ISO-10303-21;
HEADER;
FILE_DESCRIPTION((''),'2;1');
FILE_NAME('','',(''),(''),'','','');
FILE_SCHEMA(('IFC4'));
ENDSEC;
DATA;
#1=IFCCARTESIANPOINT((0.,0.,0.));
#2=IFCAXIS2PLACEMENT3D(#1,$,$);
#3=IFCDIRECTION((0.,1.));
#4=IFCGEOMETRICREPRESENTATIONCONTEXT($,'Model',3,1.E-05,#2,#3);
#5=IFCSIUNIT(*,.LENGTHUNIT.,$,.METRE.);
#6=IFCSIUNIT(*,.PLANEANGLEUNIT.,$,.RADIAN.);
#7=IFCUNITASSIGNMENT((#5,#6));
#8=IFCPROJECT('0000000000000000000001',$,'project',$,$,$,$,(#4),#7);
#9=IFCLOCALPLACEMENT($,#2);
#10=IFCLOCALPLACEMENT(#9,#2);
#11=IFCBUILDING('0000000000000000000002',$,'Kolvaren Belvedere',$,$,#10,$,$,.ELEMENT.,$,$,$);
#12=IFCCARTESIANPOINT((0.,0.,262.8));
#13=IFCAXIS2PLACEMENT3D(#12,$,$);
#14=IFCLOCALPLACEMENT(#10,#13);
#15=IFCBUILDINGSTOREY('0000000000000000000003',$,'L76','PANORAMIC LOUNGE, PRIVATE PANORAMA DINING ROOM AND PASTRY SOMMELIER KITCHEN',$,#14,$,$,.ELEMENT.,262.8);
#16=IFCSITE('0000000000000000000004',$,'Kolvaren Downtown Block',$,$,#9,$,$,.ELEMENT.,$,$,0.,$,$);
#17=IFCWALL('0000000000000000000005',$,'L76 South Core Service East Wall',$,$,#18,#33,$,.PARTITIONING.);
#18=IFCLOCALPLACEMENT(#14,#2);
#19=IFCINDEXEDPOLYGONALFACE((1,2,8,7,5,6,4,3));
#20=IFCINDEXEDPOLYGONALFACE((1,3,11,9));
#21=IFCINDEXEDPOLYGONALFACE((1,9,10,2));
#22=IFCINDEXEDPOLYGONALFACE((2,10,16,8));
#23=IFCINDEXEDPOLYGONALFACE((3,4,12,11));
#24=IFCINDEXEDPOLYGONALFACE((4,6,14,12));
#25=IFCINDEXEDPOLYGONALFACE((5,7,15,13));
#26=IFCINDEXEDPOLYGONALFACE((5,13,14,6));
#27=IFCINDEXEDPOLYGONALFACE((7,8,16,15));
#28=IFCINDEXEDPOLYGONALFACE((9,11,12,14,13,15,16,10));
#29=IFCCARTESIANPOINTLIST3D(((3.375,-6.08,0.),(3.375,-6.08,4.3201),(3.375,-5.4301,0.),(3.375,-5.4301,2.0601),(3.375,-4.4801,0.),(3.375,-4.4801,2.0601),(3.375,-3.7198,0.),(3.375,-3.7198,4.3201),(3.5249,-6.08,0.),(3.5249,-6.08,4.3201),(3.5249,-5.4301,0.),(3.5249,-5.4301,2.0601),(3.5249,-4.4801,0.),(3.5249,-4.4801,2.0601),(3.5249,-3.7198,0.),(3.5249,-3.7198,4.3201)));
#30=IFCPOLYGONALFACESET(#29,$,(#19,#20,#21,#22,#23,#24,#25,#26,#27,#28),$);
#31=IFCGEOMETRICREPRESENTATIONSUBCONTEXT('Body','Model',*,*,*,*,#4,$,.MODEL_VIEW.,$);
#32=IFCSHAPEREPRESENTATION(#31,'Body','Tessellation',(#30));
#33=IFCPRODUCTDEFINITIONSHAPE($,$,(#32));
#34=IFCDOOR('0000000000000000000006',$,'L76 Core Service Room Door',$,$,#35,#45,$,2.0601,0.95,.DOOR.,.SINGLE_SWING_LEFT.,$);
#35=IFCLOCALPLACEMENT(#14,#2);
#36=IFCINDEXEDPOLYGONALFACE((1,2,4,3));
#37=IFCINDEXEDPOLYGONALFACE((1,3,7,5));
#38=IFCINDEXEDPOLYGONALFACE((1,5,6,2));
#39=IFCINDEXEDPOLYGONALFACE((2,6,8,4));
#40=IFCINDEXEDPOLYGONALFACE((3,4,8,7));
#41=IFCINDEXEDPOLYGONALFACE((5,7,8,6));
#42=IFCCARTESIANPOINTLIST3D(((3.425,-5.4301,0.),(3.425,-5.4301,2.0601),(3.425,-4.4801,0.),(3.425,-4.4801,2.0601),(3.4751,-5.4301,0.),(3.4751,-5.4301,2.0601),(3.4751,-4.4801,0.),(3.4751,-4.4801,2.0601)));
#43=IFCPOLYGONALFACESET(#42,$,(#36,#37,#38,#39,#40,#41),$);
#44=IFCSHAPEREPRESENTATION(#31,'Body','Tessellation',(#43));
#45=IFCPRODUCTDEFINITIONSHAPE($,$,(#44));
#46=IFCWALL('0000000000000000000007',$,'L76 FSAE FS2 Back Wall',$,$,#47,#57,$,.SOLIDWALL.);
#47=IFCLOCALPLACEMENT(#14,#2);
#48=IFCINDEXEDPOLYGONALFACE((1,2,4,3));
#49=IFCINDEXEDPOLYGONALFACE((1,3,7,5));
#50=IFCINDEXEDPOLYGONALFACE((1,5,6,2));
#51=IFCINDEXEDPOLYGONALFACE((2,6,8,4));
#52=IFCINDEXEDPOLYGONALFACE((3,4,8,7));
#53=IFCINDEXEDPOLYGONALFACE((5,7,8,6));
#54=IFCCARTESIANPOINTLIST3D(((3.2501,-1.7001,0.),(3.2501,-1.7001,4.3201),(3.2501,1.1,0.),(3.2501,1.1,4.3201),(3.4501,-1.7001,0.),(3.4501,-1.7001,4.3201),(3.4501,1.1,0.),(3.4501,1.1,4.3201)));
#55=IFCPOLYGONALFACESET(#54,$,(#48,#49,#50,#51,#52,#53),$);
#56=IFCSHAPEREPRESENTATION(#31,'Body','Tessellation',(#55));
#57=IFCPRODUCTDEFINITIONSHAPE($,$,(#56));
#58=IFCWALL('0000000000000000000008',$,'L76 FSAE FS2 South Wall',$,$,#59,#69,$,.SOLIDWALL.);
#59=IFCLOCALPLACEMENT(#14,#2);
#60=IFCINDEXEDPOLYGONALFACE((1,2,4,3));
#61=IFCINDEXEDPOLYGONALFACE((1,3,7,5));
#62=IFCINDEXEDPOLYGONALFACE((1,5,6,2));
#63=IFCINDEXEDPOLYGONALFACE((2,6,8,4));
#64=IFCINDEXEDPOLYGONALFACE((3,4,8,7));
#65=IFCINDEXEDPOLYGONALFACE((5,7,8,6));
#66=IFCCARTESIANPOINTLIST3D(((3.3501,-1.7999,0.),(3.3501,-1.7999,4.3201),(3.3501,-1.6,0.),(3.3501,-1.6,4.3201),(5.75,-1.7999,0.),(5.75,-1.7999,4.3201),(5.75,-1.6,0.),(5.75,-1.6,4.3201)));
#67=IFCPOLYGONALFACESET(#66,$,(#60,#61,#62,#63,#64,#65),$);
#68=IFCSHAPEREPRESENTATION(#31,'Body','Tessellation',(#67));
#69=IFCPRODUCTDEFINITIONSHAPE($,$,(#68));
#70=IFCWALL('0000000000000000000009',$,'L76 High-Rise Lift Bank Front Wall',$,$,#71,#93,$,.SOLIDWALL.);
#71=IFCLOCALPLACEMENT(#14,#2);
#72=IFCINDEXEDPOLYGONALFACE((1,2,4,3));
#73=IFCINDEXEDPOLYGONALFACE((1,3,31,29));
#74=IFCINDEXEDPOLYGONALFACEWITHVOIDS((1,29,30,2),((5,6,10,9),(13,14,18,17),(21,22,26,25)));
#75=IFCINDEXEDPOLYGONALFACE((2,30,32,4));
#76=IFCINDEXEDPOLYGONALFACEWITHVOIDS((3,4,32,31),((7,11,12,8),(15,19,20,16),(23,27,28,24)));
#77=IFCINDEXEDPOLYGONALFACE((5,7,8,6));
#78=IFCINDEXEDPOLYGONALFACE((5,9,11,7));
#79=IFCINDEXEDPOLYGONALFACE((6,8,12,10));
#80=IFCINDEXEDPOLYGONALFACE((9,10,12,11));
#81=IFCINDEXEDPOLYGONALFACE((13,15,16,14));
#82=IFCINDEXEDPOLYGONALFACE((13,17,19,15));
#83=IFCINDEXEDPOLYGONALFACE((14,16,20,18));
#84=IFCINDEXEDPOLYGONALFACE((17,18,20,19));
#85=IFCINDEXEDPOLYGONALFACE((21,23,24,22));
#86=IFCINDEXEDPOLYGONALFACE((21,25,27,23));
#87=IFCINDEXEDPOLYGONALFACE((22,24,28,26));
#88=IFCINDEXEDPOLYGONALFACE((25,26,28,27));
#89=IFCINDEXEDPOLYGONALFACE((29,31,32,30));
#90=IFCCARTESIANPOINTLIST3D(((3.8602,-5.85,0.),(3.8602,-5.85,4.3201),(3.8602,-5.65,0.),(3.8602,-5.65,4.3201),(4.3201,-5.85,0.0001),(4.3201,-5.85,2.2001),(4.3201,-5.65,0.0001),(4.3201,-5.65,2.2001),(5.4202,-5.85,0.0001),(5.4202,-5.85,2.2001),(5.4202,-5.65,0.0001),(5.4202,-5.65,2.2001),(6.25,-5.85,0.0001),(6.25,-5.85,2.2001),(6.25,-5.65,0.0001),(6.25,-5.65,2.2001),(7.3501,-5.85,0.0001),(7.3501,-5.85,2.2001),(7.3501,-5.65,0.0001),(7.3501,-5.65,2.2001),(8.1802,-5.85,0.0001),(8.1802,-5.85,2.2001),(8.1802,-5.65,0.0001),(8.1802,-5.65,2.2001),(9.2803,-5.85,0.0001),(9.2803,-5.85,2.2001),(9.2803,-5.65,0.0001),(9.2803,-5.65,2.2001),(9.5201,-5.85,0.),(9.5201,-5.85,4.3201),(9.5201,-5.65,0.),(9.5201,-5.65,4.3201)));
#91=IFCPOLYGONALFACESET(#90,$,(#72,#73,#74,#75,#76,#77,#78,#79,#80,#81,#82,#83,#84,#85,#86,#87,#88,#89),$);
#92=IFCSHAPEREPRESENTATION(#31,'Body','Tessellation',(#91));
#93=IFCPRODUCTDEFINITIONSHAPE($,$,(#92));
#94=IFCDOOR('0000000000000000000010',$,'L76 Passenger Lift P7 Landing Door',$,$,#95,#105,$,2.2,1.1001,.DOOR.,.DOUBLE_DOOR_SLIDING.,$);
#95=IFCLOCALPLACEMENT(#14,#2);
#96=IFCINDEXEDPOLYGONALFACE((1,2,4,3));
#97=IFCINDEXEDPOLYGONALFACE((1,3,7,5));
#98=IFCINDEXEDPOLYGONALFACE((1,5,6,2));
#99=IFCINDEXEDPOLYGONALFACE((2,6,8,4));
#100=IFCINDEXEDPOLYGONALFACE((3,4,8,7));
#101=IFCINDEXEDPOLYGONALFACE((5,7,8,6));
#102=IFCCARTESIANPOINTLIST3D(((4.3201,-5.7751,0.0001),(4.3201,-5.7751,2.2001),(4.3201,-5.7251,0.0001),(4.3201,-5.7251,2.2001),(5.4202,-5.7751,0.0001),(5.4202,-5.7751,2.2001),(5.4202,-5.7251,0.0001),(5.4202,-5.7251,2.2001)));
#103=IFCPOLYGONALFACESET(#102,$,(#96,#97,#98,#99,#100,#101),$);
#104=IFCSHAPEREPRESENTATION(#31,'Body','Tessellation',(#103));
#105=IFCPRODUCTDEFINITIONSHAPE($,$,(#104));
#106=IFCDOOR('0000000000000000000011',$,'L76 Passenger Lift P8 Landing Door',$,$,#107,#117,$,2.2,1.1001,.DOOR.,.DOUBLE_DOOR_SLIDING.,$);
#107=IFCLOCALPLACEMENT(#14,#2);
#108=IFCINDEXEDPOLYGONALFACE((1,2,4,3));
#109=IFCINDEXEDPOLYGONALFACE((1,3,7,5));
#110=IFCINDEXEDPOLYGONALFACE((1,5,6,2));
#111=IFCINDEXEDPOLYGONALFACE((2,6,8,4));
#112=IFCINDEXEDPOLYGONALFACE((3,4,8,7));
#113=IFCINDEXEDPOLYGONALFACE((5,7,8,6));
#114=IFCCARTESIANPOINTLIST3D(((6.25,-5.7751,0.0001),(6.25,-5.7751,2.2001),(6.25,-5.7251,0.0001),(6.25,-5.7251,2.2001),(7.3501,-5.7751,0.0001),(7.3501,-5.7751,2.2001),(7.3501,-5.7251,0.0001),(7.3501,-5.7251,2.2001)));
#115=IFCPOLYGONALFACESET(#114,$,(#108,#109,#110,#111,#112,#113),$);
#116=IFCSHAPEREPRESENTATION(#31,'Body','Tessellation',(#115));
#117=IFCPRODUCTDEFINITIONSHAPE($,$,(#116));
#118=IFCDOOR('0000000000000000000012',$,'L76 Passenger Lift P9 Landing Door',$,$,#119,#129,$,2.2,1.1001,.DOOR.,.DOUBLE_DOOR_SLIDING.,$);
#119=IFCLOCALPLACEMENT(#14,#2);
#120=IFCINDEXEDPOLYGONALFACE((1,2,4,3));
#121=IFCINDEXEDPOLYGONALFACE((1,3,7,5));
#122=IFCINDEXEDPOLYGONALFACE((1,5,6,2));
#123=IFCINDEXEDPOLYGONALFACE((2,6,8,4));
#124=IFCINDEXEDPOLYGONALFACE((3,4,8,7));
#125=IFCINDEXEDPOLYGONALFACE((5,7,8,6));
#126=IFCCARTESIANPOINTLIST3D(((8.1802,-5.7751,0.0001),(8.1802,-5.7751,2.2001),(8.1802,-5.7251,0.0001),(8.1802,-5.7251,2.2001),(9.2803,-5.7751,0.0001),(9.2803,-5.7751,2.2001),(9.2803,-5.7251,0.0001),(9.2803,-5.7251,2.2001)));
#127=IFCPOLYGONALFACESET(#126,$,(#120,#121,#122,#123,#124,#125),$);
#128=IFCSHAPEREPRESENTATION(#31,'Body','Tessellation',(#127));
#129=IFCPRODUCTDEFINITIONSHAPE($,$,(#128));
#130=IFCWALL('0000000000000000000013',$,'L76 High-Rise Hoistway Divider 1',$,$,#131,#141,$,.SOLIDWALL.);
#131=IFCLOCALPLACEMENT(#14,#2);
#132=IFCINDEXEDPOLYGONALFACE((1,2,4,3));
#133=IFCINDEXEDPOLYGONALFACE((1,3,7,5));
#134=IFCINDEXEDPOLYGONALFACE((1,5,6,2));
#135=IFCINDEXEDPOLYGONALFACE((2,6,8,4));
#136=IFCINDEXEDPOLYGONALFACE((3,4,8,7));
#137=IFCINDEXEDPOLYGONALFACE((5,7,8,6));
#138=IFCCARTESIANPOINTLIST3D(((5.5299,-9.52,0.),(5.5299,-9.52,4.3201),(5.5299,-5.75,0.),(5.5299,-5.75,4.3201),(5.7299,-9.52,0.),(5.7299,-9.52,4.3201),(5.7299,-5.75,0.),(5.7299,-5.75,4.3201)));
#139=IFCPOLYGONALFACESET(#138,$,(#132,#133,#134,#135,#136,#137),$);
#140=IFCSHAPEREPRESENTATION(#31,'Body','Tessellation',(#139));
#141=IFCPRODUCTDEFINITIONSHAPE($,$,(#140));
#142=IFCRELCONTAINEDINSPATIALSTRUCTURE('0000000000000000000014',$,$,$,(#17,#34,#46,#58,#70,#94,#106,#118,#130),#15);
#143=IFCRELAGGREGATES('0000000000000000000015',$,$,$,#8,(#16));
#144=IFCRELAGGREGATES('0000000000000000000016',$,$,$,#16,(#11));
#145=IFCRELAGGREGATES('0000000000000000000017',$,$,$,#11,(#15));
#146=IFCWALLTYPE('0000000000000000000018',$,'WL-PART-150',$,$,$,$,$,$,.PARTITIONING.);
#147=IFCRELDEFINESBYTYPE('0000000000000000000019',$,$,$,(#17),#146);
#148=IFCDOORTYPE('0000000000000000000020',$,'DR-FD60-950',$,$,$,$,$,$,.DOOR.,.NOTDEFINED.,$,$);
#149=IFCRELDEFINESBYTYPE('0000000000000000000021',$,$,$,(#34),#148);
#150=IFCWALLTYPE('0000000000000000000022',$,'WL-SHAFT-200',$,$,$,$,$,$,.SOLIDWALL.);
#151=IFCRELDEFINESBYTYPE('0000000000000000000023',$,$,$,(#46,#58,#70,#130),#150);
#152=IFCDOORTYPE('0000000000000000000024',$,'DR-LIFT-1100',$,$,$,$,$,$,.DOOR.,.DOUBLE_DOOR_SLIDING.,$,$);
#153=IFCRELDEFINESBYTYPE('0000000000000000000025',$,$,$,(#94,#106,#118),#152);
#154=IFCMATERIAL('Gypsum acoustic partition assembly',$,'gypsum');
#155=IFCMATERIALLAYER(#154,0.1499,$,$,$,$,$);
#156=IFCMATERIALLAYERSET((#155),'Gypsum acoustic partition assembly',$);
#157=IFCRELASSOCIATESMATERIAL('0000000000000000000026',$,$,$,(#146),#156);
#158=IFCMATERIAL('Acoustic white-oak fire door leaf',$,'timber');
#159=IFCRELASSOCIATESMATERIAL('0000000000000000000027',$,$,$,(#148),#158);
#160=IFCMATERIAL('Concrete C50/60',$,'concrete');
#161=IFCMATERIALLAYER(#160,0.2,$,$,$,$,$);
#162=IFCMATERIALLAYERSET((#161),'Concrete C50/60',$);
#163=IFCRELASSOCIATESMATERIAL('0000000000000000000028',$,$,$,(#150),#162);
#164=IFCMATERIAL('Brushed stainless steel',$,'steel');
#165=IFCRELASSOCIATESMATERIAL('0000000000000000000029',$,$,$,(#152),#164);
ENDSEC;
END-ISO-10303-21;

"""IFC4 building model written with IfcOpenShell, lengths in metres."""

from ifc_helpers import new_model, si_unit, direction, frame, frame_2d, origin, place, context, subcontext, project, spatial, rectangle, extrude, material, layer, layer_set, type_object, element, fill, save


model = new_model("IFC4")

# Units and contexts
model_context = context("Model", 3, precision=1e-05, world=origin(), true_north=direction((0.0, 1.0)))
body_context = subcontext(model_context, "Body", "Model", "MODEL_VIEW")
ifc_project = project(units=[si_unit("LENGTHUNIT", "METRE"), si_unit("PLANEANGLEUNIT", "RADIAN")], contexts=[model_context])

# Site, building, storey
site_placement = place(None, origin())
site = spatial("IfcSite", under=ifc_project, at=site_placement, Name="Kolvaren Downtown Block", CompositionType="ELEMENT", RefElevation=0.0)
building_placement = place(site_placement, origin())
building = spatial("IfcBuilding", under=site, at=building_placement, Name="Kolvaren Belvedere", CompositionType="ELEMENT")
storey_placement = place(building_placement, frame((0.0, 0.0, 262.8)))
storey = spatial("IfcBuildingStorey", under=building, at=storey_placement, Name="L76", Description="PANORAMIC LOUNGE, PRIVATE PANORAMA DINING ROOM AND PASTRY SOMMELIER KITCHEN", CompositionType="ELEMENT", Elevation=262.8)

# Wall, opening, door
ifc_material_1 = material(Name="Gypsum acoustic partition assembly", Category="gypsum")
ifc_layer_1 = layer(ifc_material_1, 0.1499)
ifc_layer_set_1 = layer_set([ifc_layer_1], Name="Gypsum acoustic partition assembly")
wall_type_1 = type_object("IfcWallType", Name="WL-PART-150", PredefinedType="PARTITIONING", material=ifc_layer_set_1)
wall_1_placement = place(storey_placement, frame((3.45, -6.0801, 0.0), z_axis=(0.0, 0.0, 1.0), x_axis=(0.0, 1.0, 0.0)))
wall_1 = element("IfcWall", 1, at=wall_1_placement, inside=storey, type_object=wall_type_1, Name="L76 South Core Service East Wall", PredefinedType="PARTITIONING", context=body_context, shape_type="SweptSolid", body=[
    extrude(rectangle(XDim=2.3601, YDim=0.1499, at=frame_2d((1.1802, 0.0))), origin(), (0.0, 0.0, 1.0), 4.3201),
])
opening_1_placement = place(wall_1_placement, frame((0.6499, 0.0, 0.0)))
opening_1 = element("IfcOpeningElement", 2, at=opening_1_placement, cuts=wall_1, PredefinedType="OPENING", context=body_context, shape_type="SweptSolid", body=[
    extrude(rectangle(XDim=0.95, YDim=2.0601, at=frame_2d((0.4751, 1.03))), frame((0.0, 0.085, 0.0), z_axis=(0.0, -1.0, 0.0), x_axis=(1.0, 0.0, 0.0)), (0.0, 0.0, 1.0), 0.1699),
])
ifc_material_2 = material(Name="Acoustic white-oak fire door leaf", Category="timber")
door_type_1 = type_object("IfcDoorType", Name="DR-FD60-950", OperationType="NOTDEFINED", PredefinedType="DOOR", material=ifc_material_2)
door_1_placement = place(opening_1_placement, origin())
door_1 = element("IfcDoor", 3, at=door_1_placement, inside=storey, type_object=door_type_1, Name="L76 Core Service Room Door", OperationType="SINGLE_SWING_LEFT", OverallHeight=2.0601, OverallWidth=0.95, PredefinedType="DOOR", context=body_context, shape_type="SweptSolid", body=[
    extrude(rectangle(XDim=0.95, YDim=2.0601, at=frame_2d((0.4751, 1.03))), frame((0.0, 0.0249, 0.0), z_axis=(0.0, -1.0, 0.0), x_axis=(1.0, 0.0, 0.0)), (0.0, 0.0, 1.0), 0.05),
])
fill(opening_1, door_1)

# Walls
ifc_material_3 = material(Name="Concrete C50/60", Category="concrete")
ifc_layer_2 = layer(ifc_material_3, 0.2)
ifc_layer_set_2 = layer_set([ifc_layer_2], Name="Concrete C50/60")
wall_type_2 = type_object("IfcWallType", Name="WL-SHAFT-200", PredefinedType="SOLIDWALL", material=ifc_layer_set_2)
wall_2_placement = place(storey_placement, frame((3.3501, -1.7, 0.0), z_axis=(0.0, 0.0, 1.0), x_axis=(0.0, 1.0, 0.0)))
element("IfcWall", 4, at=wall_2_placement, inside=storey, type_object=wall_type_2, Name="L76 FSAE FS2 Back Wall", PredefinedType="SOLIDWALL", context=body_context, shape_type="SweptSolid", body=[
    extrude(rectangle(XDim=2.8, YDim=0.2, at=frame_2d((1.3999, 0.0))), origin(), (0.0, 0.0, 1.0), 4.3201),
])
wall_3_placement = place(storey_placement, frame((3.3501, -1.7, 0.0), z_axis=(0.0, 0.0, 1.0), x_axis=(1.0, 0.0, 0.0)))
element("IfcWall", 5, at=wall_3_placement, inside=storey, type_object=wall_type_2, Name="L76 FSAE FS2 South Wall", PredefinedType="SOLIDWALL", context=body_context, shape_type="SweptSolid", body=[
    extrude(rectangle(XDim=2.3999, YDim=0.2, at=frame_2d((1.2, 0.0))), origin(), (0.0, 0.0, 1.0), 4.3201),
])

# Wall, openings, doors
wall_4_placement = place(storey_placement, frame((3.8601, -5.75, 0.0), z_axis=(0.0, 0.0, 1.0), x_axis=(1.0, 0.0, 0.0)))
wall_4 = element("IfcWall", 6, at=wall_4_placement, inside=storey, type_object=wall_type_2, Name="L76 High-Rise Lift Bank Front Wall", PredefinedType="SOLIDWALL", context=body_context, shape_type="SweptSolid", body=[
    extrude(rectangle(XDim=5.6599, YDim=0.2, at=frame_2d((2.8301, 0.0))), origin(), (0.0, 0.0, 1.0), 4.3201),
])
opening_2_placement = place(wall_4_placement, frame((0.46, 0.0, 0.0)))
opening_2 = element("IfcOpeningElement", 7, at=opening_2_placement, cuts=wall_4, PredefinedType="OPENING", context=body_context, shape_type="SweptSolid", body=[
    extrude(rectangle(XDim=1.1001, YDim=2.2, at=frame_2d((0.55, 1.1001))), frame((0.0, 0.1099, 0.0), z_axis=(0.0, -1.0, 0.0), x_axis=(1.0, 0.0, 0.0)), (0.0, 0.0, 1.0), 0.22),
])
opening_3_placement = place(wall_4_placement, frame((2.3899, 0.0, 0.0)))
opening_3 = element("IfcOpeningElement", 8, at=opening_3_placement, cuts=wall_4, PredefinedType="OPENING", context=body_context, shape_type="SweptSolid", body=[
    extrude(rectangle(XDim=1.1001, YDim=2.2, at=frame_2d((0.55, 1.1001))), frame((0.0, 0.1099, 0.0), z_axis=(0.0, -1.0, 0.0), x_axis=(1.0, 0.0, 0.0)), (0.0, 0.0, 1.0), 0.22),
])
opening_4_placement = place(wall_4_placement, frame((4.3201, 0.0, 0.0)))
opening_4 = element("IfcOpeningElement", 9, at=opening_4_placement, cuts=wall_4, PredefinedType="OPENING", context=body_context, shape_type="SweptSolid", body=[
    extrude(rectangle(XDim=1.1001, YDim=2.2, at=frame_2d((0.55, 1.1001))), frame((0.0, 0.1099, 0.0), z_axis=(0.0, -1.0, 0.0), x_axis=(1.0, 0.0, 0.0)), (0.0, 0.0, 1.0), 0.22),
])
ifc_material_4 = material(Name="Brushed stainless steel", Category="steel")
door_type_2 = type_object("IfcDoorType", Name="DR-LIFT-1100", OperationType="DOUBLE_DOOR_SLIDING", PredefinedType="DOOR", material=ifc_material_4)
door_2_placement = place(opening_2_placement, origin())
door_2 = element("IfcDoor", 10, at=door_2_placement, inside=storey, type_object=door_type_2, Name="L76 Passenger Lift P7 Landing Door", OperationType="DOUBLE_DOOR_SLIDING", OverallHeight=2.2, OverallWidth=1.1001, PredefinedType="DOOR", context=body_context, shape_type="SweptSolid", body=[
    extrude(rectangle(XDim=1.1001, YDim=2.2, at=frame_2d((0.55, 1.1001))), frame((0.0, 0.0249, 0.0), z_axis=(0.0, -1.0, 0.0), x_axis=(1.0, 0.0, 0.0)), (0.0, 0.0, 1.0), 0.05),
])
fill(opening_2, door_2)
door_3_placement = place(opening_3_placement, origin())
door_3 = element("IfcDoor", 11, at=door_3_placement, inside=storey, type_object=door_type_2, Name="L76 Passenger Lift P8 Landing Door", OperationType="DOUBLE_DOOR_SLIDING", OverallHeight=2.2, OverallWidth=1.1001, PredefinedType="DOOR", context=body_context, shape_type="SweptSolid", body=[
    extrude(rectangle(XDim=1.1001, YDim=2.2, at=frame_2d((0.55, 1.1001))), frame((0.0, 0.0249, 0.0), z_axis=(0.0, -1.0, 0.0), x_axis=(1.0, 0.0, 0.0)), (0.0, 0.0, 1.0), 0.05),
])
fill(opening_3, door_3)
door_4_placement = place(opening_4_placement, origin())
door_4 = element("IfcDoor", 12, at=door_4_placement, inside=storey, type_object=door_type_2, Name="L76 Passenger Lift P9 Landing Door", OperationType="DOUBLE_DOOR_SLIDING", OverallHeight=2.2, OverallWidth=1.1001, PredefinedType="DOOR", context=body_context, shape_type="SweptSolid", body=[
    extrude(rectangle(XDim=1.1001, YDim=2.2, at=frame_2d((0.55, 1.1001))), frame((0.0, 0.0249, 0.0), z_axis=(0.0, -1.0, 0.0), x_axis=(1.0, 0.0, 0.0)), (0.0, 0.0, 1.0), 0.05),
])
fill(opening_4, door_4)

# Wall
wall_5_placement = place(storey_placement, frame((5.6299, -9.52, 0.0), z_axis=(0.0, 0.0, 1.0), x_axis=(0.0, 1.0, 0.0)))
element("IfcWall", 13, at=wall_5_placement, inside=storey, type_object=wall_type_2, Name="L76 High-Rise Hoistway Divider 1", PredefinedType="SOLIDWALL", context=body_context, shape_type="SweptSolid", body=[
    extrude(rectangle(XDim=3.77, YDim=0.2, at=frame_2d((1.885, 0.0))), origin(), (0.0, 0.0, 1.0), 4.3201),
])

save(model, "model.ifc")
